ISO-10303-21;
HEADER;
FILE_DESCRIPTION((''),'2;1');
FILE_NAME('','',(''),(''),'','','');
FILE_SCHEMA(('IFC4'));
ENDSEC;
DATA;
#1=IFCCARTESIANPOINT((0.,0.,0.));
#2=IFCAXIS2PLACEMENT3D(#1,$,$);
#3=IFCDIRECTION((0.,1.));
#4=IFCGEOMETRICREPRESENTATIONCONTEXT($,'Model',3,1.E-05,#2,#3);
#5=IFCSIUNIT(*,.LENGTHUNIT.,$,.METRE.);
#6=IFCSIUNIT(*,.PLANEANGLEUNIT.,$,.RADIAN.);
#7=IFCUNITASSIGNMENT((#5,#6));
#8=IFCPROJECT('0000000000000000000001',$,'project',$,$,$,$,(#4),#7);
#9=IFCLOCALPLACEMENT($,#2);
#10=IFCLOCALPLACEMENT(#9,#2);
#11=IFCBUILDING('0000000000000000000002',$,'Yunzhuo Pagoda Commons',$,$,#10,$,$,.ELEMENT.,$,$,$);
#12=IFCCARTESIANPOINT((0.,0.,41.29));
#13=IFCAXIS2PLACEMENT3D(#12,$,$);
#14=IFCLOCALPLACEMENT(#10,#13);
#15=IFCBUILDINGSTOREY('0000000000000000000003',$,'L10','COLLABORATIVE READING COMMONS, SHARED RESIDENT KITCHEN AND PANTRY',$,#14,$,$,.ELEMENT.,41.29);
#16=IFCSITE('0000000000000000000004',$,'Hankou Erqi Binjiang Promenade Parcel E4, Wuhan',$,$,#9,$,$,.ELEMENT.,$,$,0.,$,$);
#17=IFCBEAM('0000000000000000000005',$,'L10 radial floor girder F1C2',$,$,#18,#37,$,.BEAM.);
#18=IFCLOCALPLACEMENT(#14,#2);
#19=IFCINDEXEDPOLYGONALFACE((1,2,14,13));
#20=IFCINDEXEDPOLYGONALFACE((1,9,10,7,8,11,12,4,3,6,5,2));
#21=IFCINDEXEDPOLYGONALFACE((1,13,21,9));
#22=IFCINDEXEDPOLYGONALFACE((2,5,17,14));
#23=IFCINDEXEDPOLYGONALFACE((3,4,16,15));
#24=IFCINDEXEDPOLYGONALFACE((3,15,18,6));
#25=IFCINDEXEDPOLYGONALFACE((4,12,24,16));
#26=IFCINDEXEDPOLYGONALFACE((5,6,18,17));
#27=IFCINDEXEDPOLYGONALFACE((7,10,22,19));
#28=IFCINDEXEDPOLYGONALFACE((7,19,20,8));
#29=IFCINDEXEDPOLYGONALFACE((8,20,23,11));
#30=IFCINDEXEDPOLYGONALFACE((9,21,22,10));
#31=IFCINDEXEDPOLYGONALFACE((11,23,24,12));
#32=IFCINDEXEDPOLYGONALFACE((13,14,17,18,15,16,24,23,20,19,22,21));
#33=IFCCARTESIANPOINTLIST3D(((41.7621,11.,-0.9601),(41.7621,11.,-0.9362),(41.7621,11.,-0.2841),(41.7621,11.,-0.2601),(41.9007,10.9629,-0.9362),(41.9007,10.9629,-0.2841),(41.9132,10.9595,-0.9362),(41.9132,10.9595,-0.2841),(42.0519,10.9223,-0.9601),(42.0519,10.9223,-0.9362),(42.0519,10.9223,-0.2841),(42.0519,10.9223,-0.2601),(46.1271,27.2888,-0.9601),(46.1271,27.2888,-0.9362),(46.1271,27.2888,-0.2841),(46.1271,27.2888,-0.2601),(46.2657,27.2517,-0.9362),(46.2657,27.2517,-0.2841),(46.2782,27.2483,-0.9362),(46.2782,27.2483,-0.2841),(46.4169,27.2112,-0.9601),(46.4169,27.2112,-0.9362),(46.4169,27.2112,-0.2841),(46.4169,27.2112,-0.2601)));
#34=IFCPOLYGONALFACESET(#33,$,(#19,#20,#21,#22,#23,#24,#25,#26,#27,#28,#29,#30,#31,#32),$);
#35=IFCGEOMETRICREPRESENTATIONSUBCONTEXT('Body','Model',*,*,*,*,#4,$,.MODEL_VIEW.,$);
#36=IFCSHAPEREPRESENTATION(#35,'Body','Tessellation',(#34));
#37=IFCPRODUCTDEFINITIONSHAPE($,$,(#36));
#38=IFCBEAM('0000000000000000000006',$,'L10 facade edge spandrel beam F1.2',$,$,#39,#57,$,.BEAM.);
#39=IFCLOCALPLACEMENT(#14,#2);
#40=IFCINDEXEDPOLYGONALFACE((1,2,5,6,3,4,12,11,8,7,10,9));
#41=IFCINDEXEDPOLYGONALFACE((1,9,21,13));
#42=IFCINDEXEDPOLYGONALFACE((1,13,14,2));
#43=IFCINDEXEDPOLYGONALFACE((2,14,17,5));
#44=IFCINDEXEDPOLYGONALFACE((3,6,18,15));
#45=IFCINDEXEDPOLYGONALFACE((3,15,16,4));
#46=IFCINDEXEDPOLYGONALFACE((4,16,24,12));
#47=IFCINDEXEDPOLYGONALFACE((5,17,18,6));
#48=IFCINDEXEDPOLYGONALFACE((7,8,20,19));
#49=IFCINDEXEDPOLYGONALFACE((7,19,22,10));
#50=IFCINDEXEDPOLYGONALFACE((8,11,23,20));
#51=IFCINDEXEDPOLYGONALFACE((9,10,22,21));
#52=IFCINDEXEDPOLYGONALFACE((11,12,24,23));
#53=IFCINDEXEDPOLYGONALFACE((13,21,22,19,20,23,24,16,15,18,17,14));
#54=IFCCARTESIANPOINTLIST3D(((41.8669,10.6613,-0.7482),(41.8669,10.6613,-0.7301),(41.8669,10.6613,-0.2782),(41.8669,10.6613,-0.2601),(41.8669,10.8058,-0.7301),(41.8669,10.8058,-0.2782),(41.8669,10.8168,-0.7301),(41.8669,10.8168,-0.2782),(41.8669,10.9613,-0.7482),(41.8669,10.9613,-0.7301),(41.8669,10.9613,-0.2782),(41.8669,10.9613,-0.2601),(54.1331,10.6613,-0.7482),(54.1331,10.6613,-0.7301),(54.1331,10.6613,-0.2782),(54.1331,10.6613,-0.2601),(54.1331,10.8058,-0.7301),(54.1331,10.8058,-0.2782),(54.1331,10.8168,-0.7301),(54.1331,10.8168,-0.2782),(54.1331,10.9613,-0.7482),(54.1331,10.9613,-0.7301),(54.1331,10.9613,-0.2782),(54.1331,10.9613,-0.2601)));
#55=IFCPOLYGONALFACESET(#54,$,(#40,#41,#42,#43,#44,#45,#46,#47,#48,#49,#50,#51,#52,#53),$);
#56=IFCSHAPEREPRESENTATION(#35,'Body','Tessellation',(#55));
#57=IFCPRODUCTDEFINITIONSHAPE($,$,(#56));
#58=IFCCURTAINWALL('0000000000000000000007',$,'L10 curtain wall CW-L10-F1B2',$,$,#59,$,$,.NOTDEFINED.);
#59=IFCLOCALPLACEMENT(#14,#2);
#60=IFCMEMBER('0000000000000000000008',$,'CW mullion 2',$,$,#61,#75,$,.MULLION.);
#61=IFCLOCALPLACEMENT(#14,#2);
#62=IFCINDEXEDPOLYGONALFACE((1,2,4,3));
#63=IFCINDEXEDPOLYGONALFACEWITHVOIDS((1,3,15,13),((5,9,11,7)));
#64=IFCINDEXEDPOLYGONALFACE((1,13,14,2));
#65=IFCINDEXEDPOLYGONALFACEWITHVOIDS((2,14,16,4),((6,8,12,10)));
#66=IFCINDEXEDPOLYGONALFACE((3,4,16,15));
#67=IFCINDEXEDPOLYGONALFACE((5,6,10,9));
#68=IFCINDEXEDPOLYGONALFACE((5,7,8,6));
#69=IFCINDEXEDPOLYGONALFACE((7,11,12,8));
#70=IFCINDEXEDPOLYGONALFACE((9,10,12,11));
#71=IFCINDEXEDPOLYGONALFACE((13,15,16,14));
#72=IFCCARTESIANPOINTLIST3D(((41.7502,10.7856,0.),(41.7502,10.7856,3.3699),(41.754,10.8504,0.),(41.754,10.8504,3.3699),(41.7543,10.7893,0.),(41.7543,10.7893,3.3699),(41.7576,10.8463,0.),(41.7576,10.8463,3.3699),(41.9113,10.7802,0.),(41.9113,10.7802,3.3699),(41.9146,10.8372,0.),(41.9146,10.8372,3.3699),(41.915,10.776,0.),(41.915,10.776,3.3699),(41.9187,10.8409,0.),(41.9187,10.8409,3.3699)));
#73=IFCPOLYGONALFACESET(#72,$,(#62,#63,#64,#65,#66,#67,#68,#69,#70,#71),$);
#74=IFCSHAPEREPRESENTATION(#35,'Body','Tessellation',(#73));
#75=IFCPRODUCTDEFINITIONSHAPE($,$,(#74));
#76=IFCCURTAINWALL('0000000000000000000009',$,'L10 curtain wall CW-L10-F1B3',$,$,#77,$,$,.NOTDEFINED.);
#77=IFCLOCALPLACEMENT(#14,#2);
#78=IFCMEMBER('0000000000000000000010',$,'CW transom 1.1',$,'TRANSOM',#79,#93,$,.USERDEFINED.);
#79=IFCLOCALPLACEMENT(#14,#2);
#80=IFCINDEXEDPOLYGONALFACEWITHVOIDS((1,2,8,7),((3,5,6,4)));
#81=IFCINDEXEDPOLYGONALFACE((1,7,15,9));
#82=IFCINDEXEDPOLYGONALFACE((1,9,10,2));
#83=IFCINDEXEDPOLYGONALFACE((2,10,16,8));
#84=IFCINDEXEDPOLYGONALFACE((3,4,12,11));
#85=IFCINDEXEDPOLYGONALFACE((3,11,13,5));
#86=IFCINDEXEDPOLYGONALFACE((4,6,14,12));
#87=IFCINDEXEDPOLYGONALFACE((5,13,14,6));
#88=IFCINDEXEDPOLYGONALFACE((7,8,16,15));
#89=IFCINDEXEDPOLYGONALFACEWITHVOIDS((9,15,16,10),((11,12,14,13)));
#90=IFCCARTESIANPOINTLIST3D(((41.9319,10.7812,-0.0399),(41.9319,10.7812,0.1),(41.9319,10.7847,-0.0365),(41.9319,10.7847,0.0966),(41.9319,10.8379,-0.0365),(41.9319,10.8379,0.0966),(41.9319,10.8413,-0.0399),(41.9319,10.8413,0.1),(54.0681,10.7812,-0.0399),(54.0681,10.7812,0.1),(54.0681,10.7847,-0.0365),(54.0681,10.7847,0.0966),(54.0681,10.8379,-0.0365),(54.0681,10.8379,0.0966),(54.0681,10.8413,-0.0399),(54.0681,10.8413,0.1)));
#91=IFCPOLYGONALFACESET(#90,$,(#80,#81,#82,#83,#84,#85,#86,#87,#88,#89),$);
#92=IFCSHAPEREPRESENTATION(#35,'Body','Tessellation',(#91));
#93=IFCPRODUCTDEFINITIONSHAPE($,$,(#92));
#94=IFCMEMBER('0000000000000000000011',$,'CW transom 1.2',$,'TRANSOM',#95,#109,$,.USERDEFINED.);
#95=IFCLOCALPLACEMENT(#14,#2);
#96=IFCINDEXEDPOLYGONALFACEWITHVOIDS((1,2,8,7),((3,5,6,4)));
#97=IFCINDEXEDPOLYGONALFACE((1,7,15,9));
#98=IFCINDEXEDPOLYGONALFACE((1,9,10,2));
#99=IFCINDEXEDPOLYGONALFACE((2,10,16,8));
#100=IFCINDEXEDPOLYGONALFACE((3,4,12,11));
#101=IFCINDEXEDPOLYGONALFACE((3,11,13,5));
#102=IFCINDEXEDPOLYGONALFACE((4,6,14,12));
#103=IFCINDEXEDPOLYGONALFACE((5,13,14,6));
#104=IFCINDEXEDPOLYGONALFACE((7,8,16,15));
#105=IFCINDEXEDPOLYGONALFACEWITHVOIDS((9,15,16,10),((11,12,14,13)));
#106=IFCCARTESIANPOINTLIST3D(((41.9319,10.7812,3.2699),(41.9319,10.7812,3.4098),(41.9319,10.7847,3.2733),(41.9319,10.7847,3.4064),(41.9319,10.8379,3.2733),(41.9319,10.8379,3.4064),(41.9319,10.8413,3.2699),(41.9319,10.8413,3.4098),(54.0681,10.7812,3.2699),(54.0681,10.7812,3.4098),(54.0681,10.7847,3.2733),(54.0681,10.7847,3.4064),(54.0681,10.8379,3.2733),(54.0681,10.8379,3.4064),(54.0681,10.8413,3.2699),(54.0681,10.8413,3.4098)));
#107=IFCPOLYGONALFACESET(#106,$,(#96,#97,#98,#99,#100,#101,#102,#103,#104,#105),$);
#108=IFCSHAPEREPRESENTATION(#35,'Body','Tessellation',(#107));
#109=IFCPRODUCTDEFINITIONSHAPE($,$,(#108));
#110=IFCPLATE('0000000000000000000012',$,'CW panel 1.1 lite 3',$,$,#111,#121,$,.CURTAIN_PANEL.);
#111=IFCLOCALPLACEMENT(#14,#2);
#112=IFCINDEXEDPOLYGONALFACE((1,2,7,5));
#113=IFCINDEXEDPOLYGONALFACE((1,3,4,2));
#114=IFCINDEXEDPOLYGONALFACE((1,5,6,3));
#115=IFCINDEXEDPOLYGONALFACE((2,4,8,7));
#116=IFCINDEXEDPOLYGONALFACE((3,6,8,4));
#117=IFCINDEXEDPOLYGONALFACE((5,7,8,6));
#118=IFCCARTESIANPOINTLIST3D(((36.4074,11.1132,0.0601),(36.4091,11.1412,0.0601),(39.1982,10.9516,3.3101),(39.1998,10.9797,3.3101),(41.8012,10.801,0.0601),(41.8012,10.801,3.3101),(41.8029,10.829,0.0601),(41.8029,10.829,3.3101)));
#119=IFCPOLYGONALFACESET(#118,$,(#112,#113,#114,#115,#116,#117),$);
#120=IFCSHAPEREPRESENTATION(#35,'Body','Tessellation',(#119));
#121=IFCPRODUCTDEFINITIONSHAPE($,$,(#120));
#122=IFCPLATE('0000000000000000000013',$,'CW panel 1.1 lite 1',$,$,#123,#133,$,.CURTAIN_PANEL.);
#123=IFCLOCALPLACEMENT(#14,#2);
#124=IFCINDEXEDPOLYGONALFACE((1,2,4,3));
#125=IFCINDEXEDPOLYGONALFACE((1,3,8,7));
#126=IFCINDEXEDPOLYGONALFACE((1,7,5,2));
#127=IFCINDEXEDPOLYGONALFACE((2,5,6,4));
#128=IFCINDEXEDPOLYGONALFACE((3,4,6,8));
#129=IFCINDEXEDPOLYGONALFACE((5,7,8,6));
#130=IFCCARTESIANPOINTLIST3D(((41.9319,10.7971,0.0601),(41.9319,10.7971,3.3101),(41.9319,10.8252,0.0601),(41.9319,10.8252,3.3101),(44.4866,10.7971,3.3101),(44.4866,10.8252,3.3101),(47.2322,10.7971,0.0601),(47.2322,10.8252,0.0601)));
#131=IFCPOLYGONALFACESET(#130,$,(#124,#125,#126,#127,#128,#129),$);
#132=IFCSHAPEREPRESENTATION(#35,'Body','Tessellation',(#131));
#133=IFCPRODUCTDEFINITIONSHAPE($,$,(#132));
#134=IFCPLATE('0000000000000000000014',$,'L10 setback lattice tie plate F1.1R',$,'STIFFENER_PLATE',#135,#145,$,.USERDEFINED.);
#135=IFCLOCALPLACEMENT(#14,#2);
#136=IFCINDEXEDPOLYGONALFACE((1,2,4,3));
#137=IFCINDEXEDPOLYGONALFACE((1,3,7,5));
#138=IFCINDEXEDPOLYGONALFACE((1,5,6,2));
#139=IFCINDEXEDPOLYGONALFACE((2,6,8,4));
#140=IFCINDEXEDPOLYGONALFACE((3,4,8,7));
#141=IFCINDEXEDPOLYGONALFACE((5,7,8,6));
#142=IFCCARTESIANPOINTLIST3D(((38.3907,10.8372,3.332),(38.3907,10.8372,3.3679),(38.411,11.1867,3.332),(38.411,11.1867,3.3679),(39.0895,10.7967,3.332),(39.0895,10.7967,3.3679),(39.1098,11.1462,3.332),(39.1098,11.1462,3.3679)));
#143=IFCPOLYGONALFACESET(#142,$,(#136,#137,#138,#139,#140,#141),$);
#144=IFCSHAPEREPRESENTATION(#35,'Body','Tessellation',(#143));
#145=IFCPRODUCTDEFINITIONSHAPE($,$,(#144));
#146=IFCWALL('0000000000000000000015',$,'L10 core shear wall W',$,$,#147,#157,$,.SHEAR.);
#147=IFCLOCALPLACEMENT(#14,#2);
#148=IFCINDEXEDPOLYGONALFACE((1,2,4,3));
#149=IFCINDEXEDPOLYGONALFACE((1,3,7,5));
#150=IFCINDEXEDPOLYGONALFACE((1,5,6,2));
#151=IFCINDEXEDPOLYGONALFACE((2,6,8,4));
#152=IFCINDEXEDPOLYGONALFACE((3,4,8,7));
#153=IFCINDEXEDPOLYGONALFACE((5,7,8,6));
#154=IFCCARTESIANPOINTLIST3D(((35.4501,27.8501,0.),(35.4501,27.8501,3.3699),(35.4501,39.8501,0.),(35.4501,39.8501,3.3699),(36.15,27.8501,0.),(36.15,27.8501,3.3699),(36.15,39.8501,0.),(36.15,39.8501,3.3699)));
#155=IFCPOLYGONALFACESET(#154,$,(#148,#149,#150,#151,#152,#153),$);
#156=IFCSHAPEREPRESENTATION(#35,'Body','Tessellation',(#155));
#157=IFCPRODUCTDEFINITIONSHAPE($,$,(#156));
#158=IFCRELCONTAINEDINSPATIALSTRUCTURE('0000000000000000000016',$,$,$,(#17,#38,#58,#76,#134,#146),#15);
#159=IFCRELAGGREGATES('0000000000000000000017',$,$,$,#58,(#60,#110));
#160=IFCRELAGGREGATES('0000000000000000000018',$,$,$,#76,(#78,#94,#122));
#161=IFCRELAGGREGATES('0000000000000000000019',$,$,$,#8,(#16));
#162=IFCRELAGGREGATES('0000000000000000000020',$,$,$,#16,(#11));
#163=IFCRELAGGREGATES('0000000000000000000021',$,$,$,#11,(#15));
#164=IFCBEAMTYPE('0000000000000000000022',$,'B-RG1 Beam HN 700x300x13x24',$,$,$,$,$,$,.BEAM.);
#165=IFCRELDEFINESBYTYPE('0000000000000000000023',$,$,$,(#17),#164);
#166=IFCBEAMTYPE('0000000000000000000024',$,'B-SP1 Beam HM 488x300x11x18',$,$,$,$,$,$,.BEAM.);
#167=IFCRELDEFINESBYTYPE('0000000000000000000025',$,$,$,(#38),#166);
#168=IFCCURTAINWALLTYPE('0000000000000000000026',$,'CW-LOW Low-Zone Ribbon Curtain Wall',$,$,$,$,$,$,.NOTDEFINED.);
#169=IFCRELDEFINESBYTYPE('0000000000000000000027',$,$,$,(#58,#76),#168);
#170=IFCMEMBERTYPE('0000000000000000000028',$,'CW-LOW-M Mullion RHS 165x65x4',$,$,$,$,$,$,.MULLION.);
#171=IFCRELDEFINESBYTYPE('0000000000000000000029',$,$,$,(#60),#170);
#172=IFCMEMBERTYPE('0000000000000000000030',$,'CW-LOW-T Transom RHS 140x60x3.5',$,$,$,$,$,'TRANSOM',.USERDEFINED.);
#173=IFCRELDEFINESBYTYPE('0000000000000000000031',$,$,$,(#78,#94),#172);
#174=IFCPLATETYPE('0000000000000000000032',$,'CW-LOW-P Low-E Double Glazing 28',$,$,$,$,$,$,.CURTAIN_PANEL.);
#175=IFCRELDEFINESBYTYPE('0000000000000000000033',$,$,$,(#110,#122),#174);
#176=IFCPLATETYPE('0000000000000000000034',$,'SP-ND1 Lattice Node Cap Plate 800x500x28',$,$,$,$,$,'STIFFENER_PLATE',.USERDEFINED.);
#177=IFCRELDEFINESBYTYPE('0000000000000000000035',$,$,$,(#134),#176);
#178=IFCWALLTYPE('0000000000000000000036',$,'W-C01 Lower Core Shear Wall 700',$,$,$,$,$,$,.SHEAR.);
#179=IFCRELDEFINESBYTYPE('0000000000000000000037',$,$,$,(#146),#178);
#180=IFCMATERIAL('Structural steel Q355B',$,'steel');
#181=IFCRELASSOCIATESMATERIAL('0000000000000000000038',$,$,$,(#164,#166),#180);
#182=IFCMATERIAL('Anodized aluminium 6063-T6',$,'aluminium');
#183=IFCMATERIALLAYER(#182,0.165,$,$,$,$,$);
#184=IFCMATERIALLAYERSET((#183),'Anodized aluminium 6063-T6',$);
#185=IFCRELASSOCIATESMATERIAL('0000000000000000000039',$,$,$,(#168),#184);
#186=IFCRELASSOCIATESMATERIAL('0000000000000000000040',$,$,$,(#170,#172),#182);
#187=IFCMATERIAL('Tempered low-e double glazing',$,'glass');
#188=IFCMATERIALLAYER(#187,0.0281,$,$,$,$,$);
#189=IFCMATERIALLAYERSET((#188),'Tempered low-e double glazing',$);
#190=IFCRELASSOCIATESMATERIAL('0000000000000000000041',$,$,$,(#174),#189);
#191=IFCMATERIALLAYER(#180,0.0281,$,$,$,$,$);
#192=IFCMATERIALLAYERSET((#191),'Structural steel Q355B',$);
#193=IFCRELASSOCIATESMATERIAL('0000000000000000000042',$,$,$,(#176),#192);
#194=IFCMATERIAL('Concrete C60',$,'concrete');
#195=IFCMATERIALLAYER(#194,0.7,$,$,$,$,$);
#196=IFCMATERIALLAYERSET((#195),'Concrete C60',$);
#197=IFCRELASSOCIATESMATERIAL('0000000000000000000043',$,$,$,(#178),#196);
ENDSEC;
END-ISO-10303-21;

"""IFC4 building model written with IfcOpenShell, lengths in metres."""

from ifc_helpers import new_model, si_unit, direction, frame, frame_2d, origin, origin_2d, place, context, subcontext, project, spatial, polyline, rectangle, hollow_rectangle, i_section, outline, extrude, source, transform, mapped, material, layer, layer_set, material_profile, profile_set, type_object, element, aggregate, save


model = new_model("IFC4")

# Units and contexts
model_context = context("Model", 3, precision=1e-05, world=origin(), true_north=direction((0.0, 1.0)))
body_context = subcontext(model_context, "Body", "Model", "MODEL_VIEW")
ifc_project = project(units=[si_unit("LENGTHUNIT", "METRE"), si_unit("PLANEANGLEUNIT", "RADIAN")], contexts=[model_context])

# Site, building, storey
site_placement = place(None, origin())
site = spatial("IfcSite", under=ifc_project, at=site_placement, Name="Hankou Erqi Binjiang Promenade Parcel E4, Wuhan", CompositionType="ELEMENT", RefElevation=0.0)
building_placement = place(site_placement, origin())
building = spatial("IfcBuilding", under=site, at=building_placement, Name="Yunzhuo Pagoda Commons", CompositionType="ELEMENT")
storey_placement = place(building_placement, frame((0.0, 0.0, 41.29)))
storey = spatial("IfcBuildingStorey", under=building, at=storey_placement, Name="L10", Description="COLLABORATIVE READING COMMONS, SHARED RESIDENT KITCHEN AND PANTRY", CompositionType="ELEMENT", Elevation=41.29)

# Beams
ifc_material_1 = material(Name="Structural steel Q355B", Category="steel")
ifc_material_profile_1 = material_profile(ifc_material_1, i_section(OverallWidth=0.3, OverallDepth=0.7, WebThickness=0.0129, FlangeThickness=0.0239, at=origin_2d()), Name="Structural steel Q355B")
ifc_profile_set_1 = profile_set([ifc_material_profile_1], Name="Structural steel Q355B")
beam_type_1 = type_object("IfcBeamType", Name="B-RG1 Beam HN 700x300x13x24", PredefinedType="BEAM", material=ifc_profile_set_1)
shared_shape_1 = source(origin(), body_context, "Body", "SweptSolid", [
    extrude(i_section(OverallWidth=0.3, OverallDepth=0.7, WebThickness=0.0129, FlangeThickness=0.0239, at=origin_2d()), origin(), (0.0, 0.0, 1.0), 16.8635),
])
beam_1_placement = place(storey_placement, frame((41.907, 10.9612, -0.6101), z_axis=(0.258842, 0.96592, 0.0), x_axis=(-0.96592, 0.258842, 0.0)))
element("IfcBeam", 1, at=beam_1_placement, inside=storey, type_object=beam_type_1, Name="L10 radial floor girder F1C2", PredefinedType="BEAM", context=body_context, shape_type="MappedRepresentation", body=[
    mapped(shared_shape_1, transform((0.0, 0.0, 0.0), scale=1.0)),
])
ifc_material_profile_2 = material_profile(ifc_material_1, i_section(OverallWidth=0.3, OverallDepth=0.488, WebThickness=0.011, FlangeThickness=0.0181, at=origin_2d()), Name="Structural steel Q355B")
ifc_profile_set_2 = profile_set([ifc_material_profile_2], Name="Structural steel Q355B")
beam_type_2 = type_object("IfcBeamType", Name="B-SP1 Beam HM 488x300x11x18", PredefinedType="BEAM", material=ifc_profile_set_2)
shared_shape_2 = source(origin(), body_context, "Body", "SweptSolid", [
    extrude(i_section(OverallWidth=0.3, OverallDepth=0.488, WebThickness=0.011, FlangeThickness=0.0181, at=origin_2d()), origin(), (0.0, 0.0, 1.0), 12.2661),
])
beam_2_placement = place(storey_placement, frame((41.8669, 10.8113, -0.5042), z_axis=(1.0, 0.0, 0.0), x_axis=(0.0, 1.0, 0.0)))
element("IfcBeam", 2, at=beam_2_placement, inside=storey, type_object=beam_type_2, Name="L10 facade edge spandrel beam F1.2", PredefinedType="BEAM", context=body_context, shape_type="MappedRepresentation", body=[
    mapped(shared_shape_2, transform((0.0, 0.0, 0.0), scale=1.0)),
])

# Curtain wall, member
ifc_material_2 = material(Name="Anodized aluminium 6063-T6", Category="aluminium")
ifc_layer_1 = layer(ifc_material_2, 0.165)
ifc_layer_set_1 = layer_set([ifc_layer_1], Name="Anodized aluminium 6063-T6")
curtain_wall_type = type_object("IfcCurtainWallType", Name="CW-LOW Low-Zone Ribbon Curtain Wall", PredefinedType="NOTDEFINED", material=ifc_layer_set_1)
curtain_wall_1_placement = place(storey_placement, origin())
curtain_wall_1 = element("IfcCurtainWall", 3, at=curtain_wall_1_placement, inside=storey, type_object=curtain_wall_type, Name="L10 curtain wall CW-L10-F1B2", PredefinedType="NOTDEFINED")
ifc_material_profile_3 = material_profile(ifc_material_2, hollow_rectangle(XDim=0.0649, YDim=0.165, WallThickness=0.0039, at=origin_2d()), Name="Anodized aluminium 6063-T6")
ifc_profile_set_3 = profile_set([ifc_material_profile_3], Name="Anodized aluminium 6063-T6")
member_type_1 = type_object("IfcMemberType", Name="CW-LOW-M Mullion RHS 165x65x4", PredefinedType="MULLION", material=ifc_profile_set_3)
shared_shape_3 = source(origin(), body_context, "Body", "SweptSolid", [
    extrude(hollow_rectangle(XDim=0.0649, YDim=0.165, WallThickness=0.0039, at=origin_2d()), origin(), (0.0, 0.0, 1.0), 3.3699),
])
member_1_placement = place(storey_placement, frame((41.8345, 10.8132, 0.0), z_axis=(0.0, 0.0, 1.0), x_axis=(0.057791, 0.998329, 0.0)))
member_1 = element("IfcMember", 4, at=member_1_placement, type_object=member_type_1, Name="CW mullion 2", PredefinedType="MULLION", context=body_context, shape_type="MappedRepresentation", body=[
    mapped(shared_shape_3, transform((0.0, 0.0, 0.0), scale=1.0)),
])

# Curtain wall, members
curtain_wall_2_placement = place(storey_placement, origin())
curtain_wall_2 = element("IfcCurtainWall", 5, at=curtain_wall_2_placement, inside=storey, type_object=curtain_wall_type, Name="L10 curtain wall CW-L10-F1B3", PredefinedType="NOTDEFINED")
ifc_material_profile_4 = material_profile(ifc_material_2, hollow_rectangle(XDim=0.0601, YDim=0.1399, WallThickness=0.0034, at=origin_2d()), Name="Anodized aluminium 6063-T6")
ifc_profile_set_4 = profile_set([ifc_material_profile_4], Name="Anodized aluminium 6063-T6")
member_type_2 = type_object("IfcMemberType", Name="CW-LOW-T Transom RHS 140x60x3.5", ElementType="TRANSOM", PredefinedType="USERDEFINED", material=ifc_profile_set_4)
shared_shape_4 = source(origin(), body_context, "Body", "SweptSolid", [
    extrude(hollow_rectangle(XDim=0.0601, YDim=0.1399, WallThickness=0.0034, at=origin_2d()), origin(), (0.0, 0.0, 1.0), 12.1362),
])
member_2_placement = place(storey_placement, frame((41.9319, 10.8113, 0.03), z_axis=(1.0, 0.0, 0.0), x_axis=(0.0, 1.0, 0.0)))
member_2 = element("IfcMember", 6, at=member_2_placement, type_object=member_type_2, Name="CW transom 1.1", ObjectType="TRANSOM", PredefinedType="USERDEFINED", context=body_context, shape_type="MappedRepresentation", body=[
    mapped(shared_shape_4, transform((0.0, 0.0, 0.0), scale=1.0)),
])
member_3_placement = place(storey_placement, frame((41.9319, 10.8113, 3.3398), z_axis=(1.0, 0.0, 0.0), x_axis=(0.0, 1.0, 0.0)))
member_3 = element("IfcMember", 7, at=member_3_placement, type_object=member_type_2, Name="CW transom 1.2", ObjectType="TRANSOM", PredefinedType="USERDEFINED", context=body_context, shape_type="MappedRepresentation", body=[
    mapped(shared_shape_4, transform((0.0, 0.0, 0.0), scale=1.0)),
])

# Plates
ifc_material_3 = material(Name="Tempered low-e double glazing", Category="glass")
ifc_layer_2 = layer(ifc_material_3, 0.0281)
ifc_layer_set_2 = layer_set([ifc_layer_2], Name="Tempered low-e double glazing")
plate_type_1 = type_object("IfcPlateType", Name="CW-LOW-P Low-E Double Glazing 28", PredefinedType="CURTAIN_PANEL", material=ifc_layer_set_2)
plate_1_placement = place(storey_placement, frame((39.106, 10.9851, 1.6851), z_axis=(-0.057791, -0.998329, 0.0), x_axis=(0.998329, -0.057791, 0.0)))
plate_1 = element("IfcPlate", 8, at=plate_1_placement, type_object=plate_type_1, Name="CW panel 1.1 lite 3", PredefinedType="CURTAIN_PANEL", context=body_context, shape_type="SweptSolid", body=[
    extrude(outline(polyline([(-2.7014, -1.625), (2.7014, -1.625), (2.7014, 1.625), (0.094, 1.625), (-2.7014, -1.625)])), origin(), (0.0, 0.0, 1.0), 0.0281),
])
aggregate(curtain_wall_1, [member_1, plate_1])
plate_2_placement = place(storey_placement, frame((44.582, 10.8252, 1.6851), z_axis=(0.0, -1.0, 0.0), x_axis=(1.0, 0.0, 0.0)))
plate_2 = element("IfcPlate", 9, at=plate_2_placement, type_object=plate_type_1, Name="CW panel 1.1 lite 1", PredefinedType="CURTAIN_PANEL", context=body_context, shape_type="SweptSolid", body=[
    extrude(outline(polyline([(-2.6501, -1.625), (2.6501, -1.625), (-0.0955, 1.625), (-2.6501, 1.625), (-2.6501, -1.625)])), origin(), (0.0, 0.0, 1.0), 0.0281),
])
aggregate(curtain_wall_2, [member_2, member_3, plate_2])
ifc_layer_3 = layer(ifc_material_1, 0.0281)
ifc_layer_set_3 = layer_set([ifc_layer_3], Name="Structural steel Q355B")
plate_type_2 = type_object("IfcPlateType", Name="SP-ND1 Lattice Node Cap Plate 800x500x28", ElementType="STIFFENER_PLATE", PredefinedType="USERDEFINED", material=ifc_layer_set_3)
shared_shape_5 = source(origin(), body_context, "Body", "SweptSolid", [
    extrude(rectangle(XDim=0.7, YDim=0.3501, at=origin_2d()), origin(), (0.0, 0.0, 1.0), 0.0359),
])
plate_3_placement = place(storey_placement, frame((38.7502, 10.9917, 3.332), z_axis=(0.0, 0.0, 1.0), x_axis=(0.998329, -0.057791, 0.0)))
element("IfcPlate", 10, at=plate_3_placement, inside=storey, type_object=plate_type_2, Name="L10 setback lattice tie plate F1.1R", ObjectType="STIFFENER_PLATE", PredefinedType="USERDEFINED", context=body_context, shape_type="MappedRepresentation", body=[
    mapped(shared_shape_5, transform((0.0, 0.0, 0.0), scale=1.0)),
])

# Wall
ifc_material_4 = material(Name="Concrete C60", Category="concrete")
ifc_layer_4 = layer(ifc_material_4, 0.7)
ifc_layer_set_4 = layer_set([ifc_layer_4], Name="Concrete C60")
wall_type_1 = type_object("IfcWallType", Name="W-C01 Lower Core Shear Wall 700", PredefinedType="SHEAR", material=ifc_layer_set_4)
wall_1_placement = place(storey_placement, frame((35.8, 27.8501, 0.0), z_axis=(0.0, 0.0, 1.0), x_axis=(0.0, 1.0, 0.0)))
element("IfcWall", 11, at=wall_1_placement, inside=storey, type_object=wall_type_1, Name="L10 core shear wall W", PredefinedType="SHEAR", context=body_context, shape_type="SweptSolid", body=[
    extrude(rectangle(XDim=12.0, YDim=0.7, at=frame_2d((6.0, 0.0))), origin(), (0.0, 0.0, 1.0), 3.3699),
])

save(model, "model.ifc")
